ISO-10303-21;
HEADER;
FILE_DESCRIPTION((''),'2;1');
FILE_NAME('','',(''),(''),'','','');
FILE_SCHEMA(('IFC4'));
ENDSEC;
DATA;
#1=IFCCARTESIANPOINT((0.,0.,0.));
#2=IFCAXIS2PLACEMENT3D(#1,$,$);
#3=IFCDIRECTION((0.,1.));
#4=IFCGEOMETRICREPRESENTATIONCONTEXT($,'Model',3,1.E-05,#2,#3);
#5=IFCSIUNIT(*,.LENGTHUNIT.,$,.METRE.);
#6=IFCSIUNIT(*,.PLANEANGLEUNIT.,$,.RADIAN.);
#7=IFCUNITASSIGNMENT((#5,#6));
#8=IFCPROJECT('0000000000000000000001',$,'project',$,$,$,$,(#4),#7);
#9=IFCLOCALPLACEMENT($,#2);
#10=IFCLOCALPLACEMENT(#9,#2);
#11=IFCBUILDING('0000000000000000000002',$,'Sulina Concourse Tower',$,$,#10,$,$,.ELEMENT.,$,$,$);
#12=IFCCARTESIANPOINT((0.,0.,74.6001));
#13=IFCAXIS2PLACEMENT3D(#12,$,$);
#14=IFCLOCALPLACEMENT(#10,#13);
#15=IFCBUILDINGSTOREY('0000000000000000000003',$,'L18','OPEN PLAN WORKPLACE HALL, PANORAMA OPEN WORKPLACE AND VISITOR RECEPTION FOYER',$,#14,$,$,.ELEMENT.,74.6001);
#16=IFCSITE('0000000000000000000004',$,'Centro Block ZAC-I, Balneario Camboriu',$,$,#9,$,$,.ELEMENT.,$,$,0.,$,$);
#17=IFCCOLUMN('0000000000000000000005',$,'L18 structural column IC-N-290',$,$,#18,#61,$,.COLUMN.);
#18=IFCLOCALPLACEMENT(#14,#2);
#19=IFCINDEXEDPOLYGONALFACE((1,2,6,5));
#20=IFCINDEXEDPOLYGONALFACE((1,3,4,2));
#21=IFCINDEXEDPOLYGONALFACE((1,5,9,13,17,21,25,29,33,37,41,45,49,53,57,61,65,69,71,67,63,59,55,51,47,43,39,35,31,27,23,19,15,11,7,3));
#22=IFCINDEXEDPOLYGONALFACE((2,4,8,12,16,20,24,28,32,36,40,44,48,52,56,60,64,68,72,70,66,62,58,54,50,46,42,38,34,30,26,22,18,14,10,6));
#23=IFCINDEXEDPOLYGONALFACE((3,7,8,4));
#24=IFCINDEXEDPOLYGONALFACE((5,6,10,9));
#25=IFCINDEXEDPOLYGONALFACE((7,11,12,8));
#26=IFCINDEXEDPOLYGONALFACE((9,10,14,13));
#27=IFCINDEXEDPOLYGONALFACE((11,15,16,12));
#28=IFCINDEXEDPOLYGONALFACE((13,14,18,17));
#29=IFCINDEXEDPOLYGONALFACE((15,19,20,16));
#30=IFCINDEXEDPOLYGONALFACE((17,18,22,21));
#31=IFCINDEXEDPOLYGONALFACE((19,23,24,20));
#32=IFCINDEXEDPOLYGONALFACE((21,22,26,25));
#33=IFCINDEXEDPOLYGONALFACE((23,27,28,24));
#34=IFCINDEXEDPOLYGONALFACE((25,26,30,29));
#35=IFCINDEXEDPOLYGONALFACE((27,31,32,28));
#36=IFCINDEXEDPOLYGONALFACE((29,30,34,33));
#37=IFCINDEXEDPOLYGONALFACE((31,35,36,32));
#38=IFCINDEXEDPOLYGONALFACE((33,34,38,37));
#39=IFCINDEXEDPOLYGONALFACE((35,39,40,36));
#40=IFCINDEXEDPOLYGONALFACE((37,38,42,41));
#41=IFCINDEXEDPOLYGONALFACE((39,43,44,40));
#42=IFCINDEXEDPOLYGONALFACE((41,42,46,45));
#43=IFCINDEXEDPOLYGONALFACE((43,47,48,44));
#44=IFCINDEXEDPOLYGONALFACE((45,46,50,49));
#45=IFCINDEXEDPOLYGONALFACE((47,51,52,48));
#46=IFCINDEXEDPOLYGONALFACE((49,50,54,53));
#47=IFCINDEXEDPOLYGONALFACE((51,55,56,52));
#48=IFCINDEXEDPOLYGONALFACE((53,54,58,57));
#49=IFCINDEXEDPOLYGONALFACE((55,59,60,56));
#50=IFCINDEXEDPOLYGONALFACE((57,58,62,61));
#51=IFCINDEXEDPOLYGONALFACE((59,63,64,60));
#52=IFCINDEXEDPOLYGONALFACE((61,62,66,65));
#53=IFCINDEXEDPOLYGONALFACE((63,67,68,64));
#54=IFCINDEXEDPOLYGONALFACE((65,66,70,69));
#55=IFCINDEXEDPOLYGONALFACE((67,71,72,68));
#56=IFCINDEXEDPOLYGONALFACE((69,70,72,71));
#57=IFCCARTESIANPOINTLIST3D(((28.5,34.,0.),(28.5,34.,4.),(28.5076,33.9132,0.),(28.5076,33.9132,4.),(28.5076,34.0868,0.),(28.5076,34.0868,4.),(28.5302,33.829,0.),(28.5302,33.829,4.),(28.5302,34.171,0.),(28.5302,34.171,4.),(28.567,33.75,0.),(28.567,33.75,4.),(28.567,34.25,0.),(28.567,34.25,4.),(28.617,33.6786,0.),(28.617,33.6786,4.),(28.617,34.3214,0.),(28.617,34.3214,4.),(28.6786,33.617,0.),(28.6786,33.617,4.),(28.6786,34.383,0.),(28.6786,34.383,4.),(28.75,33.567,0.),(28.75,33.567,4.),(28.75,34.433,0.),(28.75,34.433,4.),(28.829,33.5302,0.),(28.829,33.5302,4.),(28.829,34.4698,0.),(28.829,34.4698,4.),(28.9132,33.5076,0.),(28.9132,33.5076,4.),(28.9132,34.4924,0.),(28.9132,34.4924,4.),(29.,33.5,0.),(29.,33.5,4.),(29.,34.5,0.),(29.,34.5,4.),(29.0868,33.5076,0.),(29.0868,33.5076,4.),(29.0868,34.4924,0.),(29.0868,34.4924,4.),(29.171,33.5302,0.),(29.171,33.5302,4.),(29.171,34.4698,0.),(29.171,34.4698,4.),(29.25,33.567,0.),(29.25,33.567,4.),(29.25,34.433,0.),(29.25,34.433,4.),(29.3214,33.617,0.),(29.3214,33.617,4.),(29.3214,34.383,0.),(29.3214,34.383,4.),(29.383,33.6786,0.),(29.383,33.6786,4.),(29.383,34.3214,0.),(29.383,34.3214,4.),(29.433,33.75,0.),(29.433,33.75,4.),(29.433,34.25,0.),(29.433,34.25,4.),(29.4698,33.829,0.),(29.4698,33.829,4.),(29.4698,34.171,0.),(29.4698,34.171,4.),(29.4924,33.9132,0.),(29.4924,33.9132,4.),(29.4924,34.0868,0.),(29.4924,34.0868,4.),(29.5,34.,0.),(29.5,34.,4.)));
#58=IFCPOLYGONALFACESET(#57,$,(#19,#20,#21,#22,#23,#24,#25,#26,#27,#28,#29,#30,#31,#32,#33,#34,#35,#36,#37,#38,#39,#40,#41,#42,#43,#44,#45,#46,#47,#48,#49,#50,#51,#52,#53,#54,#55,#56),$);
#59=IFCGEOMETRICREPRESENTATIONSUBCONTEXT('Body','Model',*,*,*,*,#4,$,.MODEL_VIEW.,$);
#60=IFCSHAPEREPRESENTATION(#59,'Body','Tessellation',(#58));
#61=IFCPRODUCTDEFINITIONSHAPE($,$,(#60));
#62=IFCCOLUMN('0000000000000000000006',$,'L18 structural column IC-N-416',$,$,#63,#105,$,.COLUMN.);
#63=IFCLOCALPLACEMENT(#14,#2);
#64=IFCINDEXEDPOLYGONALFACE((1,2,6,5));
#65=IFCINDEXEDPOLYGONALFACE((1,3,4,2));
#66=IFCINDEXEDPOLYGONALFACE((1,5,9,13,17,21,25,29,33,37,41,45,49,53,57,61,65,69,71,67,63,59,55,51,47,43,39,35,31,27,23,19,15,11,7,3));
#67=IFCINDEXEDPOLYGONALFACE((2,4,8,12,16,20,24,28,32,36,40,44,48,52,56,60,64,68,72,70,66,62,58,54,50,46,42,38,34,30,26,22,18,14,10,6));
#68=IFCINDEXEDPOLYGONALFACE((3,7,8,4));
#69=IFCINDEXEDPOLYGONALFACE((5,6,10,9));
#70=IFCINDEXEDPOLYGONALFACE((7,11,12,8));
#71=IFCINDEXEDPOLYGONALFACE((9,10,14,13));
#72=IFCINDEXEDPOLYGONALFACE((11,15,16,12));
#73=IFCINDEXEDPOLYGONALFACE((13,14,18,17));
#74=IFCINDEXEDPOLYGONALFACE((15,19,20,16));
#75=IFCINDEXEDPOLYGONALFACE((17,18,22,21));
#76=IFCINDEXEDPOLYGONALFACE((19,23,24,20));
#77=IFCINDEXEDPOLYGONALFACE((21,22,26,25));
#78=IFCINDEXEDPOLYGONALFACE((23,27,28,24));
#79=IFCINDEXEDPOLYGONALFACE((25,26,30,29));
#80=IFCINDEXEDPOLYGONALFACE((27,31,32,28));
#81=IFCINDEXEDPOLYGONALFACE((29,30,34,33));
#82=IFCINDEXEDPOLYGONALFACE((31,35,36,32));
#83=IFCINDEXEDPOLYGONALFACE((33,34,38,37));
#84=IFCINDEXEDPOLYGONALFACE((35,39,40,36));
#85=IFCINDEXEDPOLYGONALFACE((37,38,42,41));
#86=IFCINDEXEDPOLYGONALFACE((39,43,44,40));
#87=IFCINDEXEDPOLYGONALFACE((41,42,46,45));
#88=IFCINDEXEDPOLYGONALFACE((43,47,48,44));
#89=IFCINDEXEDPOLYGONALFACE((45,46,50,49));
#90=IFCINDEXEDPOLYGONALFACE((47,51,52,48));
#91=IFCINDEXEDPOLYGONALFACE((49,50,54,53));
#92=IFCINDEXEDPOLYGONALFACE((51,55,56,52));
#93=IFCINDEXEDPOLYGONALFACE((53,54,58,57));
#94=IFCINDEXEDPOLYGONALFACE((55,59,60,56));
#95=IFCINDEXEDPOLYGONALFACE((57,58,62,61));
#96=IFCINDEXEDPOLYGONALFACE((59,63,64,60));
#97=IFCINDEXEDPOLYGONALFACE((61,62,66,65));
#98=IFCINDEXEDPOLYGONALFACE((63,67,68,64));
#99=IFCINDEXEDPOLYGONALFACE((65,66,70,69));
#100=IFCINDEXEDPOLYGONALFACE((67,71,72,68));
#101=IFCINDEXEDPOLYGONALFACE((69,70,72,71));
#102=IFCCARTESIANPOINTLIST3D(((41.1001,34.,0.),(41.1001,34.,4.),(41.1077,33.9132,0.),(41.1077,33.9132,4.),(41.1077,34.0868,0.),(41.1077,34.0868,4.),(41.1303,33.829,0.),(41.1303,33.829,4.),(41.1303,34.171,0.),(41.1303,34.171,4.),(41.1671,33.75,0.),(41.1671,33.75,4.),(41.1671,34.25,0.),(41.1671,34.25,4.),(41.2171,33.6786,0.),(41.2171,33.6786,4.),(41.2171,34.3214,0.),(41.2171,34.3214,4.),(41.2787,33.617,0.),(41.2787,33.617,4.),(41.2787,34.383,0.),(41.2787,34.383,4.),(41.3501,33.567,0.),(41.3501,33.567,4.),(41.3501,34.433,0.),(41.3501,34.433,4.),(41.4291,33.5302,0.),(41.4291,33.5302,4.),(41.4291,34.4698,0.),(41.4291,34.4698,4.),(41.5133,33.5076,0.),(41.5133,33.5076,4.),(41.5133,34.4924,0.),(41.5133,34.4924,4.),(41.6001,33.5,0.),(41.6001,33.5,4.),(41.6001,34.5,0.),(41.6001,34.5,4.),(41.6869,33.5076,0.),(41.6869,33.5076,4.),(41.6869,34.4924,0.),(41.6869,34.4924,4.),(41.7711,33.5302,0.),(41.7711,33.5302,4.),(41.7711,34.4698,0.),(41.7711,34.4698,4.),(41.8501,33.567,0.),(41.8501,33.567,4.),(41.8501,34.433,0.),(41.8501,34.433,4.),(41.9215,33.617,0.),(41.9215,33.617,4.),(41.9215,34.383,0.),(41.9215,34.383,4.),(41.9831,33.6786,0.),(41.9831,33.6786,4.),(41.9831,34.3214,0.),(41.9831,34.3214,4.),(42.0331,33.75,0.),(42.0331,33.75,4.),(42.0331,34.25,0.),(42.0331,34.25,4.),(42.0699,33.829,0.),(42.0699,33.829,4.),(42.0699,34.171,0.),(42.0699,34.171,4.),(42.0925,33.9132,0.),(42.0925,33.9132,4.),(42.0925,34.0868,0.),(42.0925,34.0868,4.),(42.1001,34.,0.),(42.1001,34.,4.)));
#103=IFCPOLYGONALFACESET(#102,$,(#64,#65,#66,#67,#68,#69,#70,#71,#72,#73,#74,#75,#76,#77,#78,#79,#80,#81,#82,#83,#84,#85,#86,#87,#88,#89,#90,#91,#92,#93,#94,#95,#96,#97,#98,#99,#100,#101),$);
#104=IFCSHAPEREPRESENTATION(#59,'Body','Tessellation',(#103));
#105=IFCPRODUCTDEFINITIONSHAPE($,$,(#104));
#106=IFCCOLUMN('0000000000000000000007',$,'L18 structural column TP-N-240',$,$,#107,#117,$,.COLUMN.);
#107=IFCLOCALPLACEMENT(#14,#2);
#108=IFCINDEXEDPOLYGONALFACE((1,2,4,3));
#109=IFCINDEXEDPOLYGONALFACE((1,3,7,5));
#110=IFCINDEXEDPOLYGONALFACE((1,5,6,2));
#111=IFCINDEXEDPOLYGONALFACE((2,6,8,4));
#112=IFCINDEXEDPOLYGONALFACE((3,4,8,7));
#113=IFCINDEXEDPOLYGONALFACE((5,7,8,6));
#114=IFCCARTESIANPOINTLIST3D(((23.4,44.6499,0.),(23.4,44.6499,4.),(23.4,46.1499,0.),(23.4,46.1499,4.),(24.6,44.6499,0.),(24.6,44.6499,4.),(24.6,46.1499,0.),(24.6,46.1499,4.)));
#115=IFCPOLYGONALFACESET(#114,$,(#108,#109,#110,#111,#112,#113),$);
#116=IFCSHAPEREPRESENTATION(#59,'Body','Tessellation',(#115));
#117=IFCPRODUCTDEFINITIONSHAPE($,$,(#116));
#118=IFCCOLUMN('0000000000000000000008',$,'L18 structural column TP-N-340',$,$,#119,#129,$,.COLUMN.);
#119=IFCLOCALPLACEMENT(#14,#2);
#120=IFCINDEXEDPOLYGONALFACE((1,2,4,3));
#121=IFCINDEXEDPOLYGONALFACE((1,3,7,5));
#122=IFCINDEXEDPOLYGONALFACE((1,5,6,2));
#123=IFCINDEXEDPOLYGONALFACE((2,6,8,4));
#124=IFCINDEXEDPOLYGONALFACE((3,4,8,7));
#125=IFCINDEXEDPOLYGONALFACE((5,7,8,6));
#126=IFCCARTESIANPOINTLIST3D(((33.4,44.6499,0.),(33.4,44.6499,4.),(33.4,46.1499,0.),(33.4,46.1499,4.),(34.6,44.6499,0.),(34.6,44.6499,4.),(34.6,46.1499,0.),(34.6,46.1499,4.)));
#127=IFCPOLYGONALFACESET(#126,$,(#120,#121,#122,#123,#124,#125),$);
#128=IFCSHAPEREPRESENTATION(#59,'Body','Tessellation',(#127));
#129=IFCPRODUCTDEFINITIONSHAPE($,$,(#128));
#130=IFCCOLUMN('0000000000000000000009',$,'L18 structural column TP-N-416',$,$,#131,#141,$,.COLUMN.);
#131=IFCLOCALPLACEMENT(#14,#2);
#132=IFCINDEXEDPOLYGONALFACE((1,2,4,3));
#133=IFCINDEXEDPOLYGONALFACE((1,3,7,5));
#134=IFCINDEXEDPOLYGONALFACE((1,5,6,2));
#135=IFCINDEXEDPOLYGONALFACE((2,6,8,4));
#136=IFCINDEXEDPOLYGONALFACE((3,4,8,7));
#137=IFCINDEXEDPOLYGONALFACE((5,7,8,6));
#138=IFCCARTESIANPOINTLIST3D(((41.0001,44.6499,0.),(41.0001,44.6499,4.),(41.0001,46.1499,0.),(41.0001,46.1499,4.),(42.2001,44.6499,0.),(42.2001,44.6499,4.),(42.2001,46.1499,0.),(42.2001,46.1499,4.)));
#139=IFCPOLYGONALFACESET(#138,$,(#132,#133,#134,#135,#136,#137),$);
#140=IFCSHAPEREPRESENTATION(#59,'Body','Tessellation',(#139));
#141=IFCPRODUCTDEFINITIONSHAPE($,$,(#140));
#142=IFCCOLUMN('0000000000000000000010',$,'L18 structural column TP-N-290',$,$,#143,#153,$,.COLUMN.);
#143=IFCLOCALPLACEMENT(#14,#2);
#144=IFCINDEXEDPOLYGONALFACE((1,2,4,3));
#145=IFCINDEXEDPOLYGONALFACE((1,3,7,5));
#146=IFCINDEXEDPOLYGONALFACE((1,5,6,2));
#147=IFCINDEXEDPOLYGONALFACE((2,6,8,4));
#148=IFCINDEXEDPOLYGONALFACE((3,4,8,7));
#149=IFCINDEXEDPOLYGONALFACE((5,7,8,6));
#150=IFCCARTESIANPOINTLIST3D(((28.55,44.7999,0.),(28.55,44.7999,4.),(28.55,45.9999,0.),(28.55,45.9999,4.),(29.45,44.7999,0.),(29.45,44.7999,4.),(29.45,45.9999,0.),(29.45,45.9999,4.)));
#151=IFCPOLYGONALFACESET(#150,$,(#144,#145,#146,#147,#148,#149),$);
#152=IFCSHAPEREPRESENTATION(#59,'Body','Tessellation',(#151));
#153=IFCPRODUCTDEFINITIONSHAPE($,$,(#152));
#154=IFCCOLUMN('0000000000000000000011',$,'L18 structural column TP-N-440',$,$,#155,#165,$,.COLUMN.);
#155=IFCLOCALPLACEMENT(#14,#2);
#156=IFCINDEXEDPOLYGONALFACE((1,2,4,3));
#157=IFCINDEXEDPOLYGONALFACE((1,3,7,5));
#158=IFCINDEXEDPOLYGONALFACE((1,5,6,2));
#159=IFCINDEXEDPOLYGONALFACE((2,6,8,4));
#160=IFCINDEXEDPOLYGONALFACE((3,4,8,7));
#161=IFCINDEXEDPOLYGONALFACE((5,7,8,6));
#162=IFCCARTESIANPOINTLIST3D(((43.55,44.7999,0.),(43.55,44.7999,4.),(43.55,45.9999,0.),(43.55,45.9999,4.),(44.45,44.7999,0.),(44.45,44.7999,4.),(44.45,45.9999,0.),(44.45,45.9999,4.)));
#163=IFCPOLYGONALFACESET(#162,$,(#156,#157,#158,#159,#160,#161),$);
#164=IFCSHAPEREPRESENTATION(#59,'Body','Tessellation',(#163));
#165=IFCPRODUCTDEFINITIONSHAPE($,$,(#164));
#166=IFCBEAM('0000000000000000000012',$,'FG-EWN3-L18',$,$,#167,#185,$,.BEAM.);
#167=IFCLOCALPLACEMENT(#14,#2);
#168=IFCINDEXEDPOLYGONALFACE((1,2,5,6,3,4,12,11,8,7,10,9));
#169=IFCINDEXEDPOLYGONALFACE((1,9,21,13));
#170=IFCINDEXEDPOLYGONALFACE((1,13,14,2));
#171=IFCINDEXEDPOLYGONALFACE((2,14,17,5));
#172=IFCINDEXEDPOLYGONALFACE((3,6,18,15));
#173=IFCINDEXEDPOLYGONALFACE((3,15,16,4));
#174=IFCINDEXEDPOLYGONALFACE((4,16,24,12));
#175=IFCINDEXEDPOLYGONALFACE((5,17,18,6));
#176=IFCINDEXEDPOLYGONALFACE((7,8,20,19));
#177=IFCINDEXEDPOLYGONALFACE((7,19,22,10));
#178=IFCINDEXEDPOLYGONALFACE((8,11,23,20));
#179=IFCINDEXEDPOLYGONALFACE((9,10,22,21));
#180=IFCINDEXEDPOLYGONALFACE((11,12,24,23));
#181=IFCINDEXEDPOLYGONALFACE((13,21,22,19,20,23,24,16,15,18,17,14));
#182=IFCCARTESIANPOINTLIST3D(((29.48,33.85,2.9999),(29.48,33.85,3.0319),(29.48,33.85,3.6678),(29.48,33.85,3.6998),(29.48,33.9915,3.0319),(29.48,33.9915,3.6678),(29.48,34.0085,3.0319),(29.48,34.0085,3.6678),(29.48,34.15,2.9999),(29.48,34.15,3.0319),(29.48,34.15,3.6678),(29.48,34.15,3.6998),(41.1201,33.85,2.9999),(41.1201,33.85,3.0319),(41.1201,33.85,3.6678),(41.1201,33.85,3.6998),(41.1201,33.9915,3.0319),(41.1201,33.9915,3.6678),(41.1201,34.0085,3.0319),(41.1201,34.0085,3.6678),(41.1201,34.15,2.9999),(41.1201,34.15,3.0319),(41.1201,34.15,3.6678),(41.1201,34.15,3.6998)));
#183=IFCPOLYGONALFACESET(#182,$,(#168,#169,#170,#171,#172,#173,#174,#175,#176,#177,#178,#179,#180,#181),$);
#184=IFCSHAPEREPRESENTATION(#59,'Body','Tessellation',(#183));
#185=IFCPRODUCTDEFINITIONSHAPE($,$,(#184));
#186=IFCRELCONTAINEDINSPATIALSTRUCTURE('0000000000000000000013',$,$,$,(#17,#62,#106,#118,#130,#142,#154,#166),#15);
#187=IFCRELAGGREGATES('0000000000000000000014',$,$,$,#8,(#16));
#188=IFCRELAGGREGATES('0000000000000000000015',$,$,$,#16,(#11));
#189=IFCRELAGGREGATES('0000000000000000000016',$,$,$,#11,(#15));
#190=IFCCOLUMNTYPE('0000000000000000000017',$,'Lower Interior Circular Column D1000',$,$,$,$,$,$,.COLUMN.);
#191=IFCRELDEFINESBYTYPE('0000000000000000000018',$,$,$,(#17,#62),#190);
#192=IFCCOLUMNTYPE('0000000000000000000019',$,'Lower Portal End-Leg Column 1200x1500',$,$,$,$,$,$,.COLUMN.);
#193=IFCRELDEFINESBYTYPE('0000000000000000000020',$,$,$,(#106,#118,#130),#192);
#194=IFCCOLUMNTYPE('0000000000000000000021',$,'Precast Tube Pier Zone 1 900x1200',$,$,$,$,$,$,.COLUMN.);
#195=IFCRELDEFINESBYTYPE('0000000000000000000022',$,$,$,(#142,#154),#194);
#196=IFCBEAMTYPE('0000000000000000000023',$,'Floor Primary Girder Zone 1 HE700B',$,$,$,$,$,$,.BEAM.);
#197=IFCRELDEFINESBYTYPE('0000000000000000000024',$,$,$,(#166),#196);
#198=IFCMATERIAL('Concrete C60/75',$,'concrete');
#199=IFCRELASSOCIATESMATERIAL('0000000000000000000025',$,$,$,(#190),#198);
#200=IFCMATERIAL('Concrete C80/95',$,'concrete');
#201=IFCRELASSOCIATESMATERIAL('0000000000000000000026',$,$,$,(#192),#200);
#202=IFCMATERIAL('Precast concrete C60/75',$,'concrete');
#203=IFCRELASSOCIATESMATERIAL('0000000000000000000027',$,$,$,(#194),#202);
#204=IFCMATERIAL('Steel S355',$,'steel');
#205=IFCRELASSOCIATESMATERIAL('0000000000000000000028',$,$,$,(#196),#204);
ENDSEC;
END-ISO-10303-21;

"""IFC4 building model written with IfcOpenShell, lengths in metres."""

from ifc_helpers import new_model, si_unit, direction, frame, origin, origin_2d, place, context, subcontext, project, spatial, rectangle, circle, i_section, extrude, material, material_profile, profile_set, type_object, element, save


model = new_model("IFC4")

# Units and contexts
model_context = context("Model", 3, precision=1e-05, world=origin(), true_north=direction((0.0, 1.0)))
body_context = subcontext(model_context, "Body", "Model", "MODEL_VIEW")
ifc_project = project(units=[si_unit("LENGTHUNIT", "METRE"), si_unit("PLANEANGLEUNIT", "RADIAN")], contexts=[model_context])

# Site, building, storey
site_placement = place(None, origin())
site = spatial("IfcSite", under=ifc_project, at=site_placement, Name="Centro Block ZAC-I, Balneario Camboriu", CompositionType="ELEMENT", RefElevation=0.0)
building_placement = place(site_placement, origin())
building = spatial("IfcBuilding", under=site, at=building_placement, Name="Sulina Concourse Tower", CompositionType="ELEMENT")
storey_placement = place(building_placement, frame((0.0, 0.0, 74.6001)))
storey = spatial("IfcBuildingStorey", under=building, at=storey_placement, Name="L18", Description="OPEN PLAN WORKPLACE HALL, PANORAMA OPEN WORKPLACE AND VISITOR RECEPTION FOYER", CompositionType="ELEMENT", Elevation=74.6001)

# Columns
ifc_material_1 = material(Name="Concrete C60/75", Category="concrete")
ifc_material_profile_1 = material_profile(ifc_material_1, circle(Radius=0.5, at=origin_2d()), Name="RC D1000")
ifc_profile_set_1 = profile_set([ifc_material_profile_1], Name="Concrete C60/75")
column_type_1 = type_object("IfcColumnType", Name="Lower Interior Circular Column D1000", PredefinedType="COLUMN", material=ifc_profile_set_1)
for number, where, z_axis, x_axis, name in (
    (1, (29.0, 34.0, 0.0), (0.0, 0.0, 1.0), (1.0, 0.0, 0.0), "L18 structural column IC-N-290"),
    (2, (41.6001, 34.0, 0.0), (0.0, 0.0, 1.0), (1.0, 0.0, 0.0), "L18 structural column IC-N-416"),
):
    element("IfcColumn", number, at=place(storey_placement, frame(where, z_axis=z_axis, x_axis=x_axis)), inside=storey, type_object=column_type_1, Name=name, PredefinedType="COLUMN", context=body_context, shape_type="SweptSolid", body=[
        extrude(circle(Radius=0.5, at=origin_2d()), origin(), (0.0, 0.0, 1.0), 4.0),
    ])
ifc_material_2 = material(Name="Concrete C80/95", Category="concrete")
ifc_material_profile_2 = material_profile(ifc_material_2, rectangle(XDim=1.2, YDim=1.5, at=origin_2d()), Name="RC 1200x1500")
ifc_profile_set_2 = profile_set([ifc_material_profile_2], Name="Concrete C80/95")
column_type_2 = type_object("IfcColumnType", Name="Lower Portal End-Leg Column 1200x1500", PredefinedType="COLUMN", material=ifc_profile_set_2)
for number, where, z_axis, x_axis, name in (
    (3, (24.0, 45.3999, 0.0), (0.0, 0.0, 1.0), (1.0, 0.0, 0.0), "L18 structural column TP-N-240"),
    (4, (34.0, 45.3999, 0.0), (0.0, 0.0, 1.0), (1.0, 0.0, 0.0), "L18 structural column TP-N-340"),
    (5, (41.6001, 45.3999, 0.0), (0.0, 0.0, 1.0), (1.0, 0.0, 0.0), "L18 structural column TP-N-416"),
):
    element("IfcColumn", number, at=place(storey_placement, frame(where, z_axis=z_axis, x_axis=x_axis)), inside=storey, type_object=column_type_2, Name=name, PredefinedType="COLUMN", context=body_context, shape_type="SweptSolid", body=[
        extrude(rectangle(XDim=1.2, YDim=1.5, at=origin_2d()), origin(), (0.0, 0.0, 1.0), 4.0),
    ])
ifc_material_3 = material(Name="Precast concrete C60/75", Category="concrete")
ifc_material_profile_3 = material_profile(ifc_material_3, rectangle(XDim=0.8999, YDim=1.2, at=origin_2d()), Name="PC 900x1200")
ifc_profile_set_3 = profile_set([ifc_material_profile_3], Name="Precast concrete C60/75")
column_type_3 = type_object("IfcColumnType", Name="Precast Tube Pier Zone 1 900x1200", PredefinedType="COLUMN", material=ifc_profile_set_3)
for number, where, z_axis, x_axis, name in (
    (6, (29.0, 45.3999, 0.0), (0.0, 0.0, 1.0), (1.0, 0.0, 0.0), "L18 structural column TP-N-290"),
    (7, (44.0, 45.3999, 0.0), (0.0, 0.0, 1.0), (1.0, 0.0, 0.0), "L18 structural column TP-N-440"),
):
    element("IfcColumn", number, at=place(storey_placement, frame(where, z_axis=z_axis, x_axis=x_axis)), inside=storey, type_object=column_type_3, Name=name, PredefinedType="COLUMN", context=body_context, shape_type="SweptSolid", body=[
        extrude(rectangle(XDim=0.8999, YDim=1.2, at=origin_2d()), origin(), (0.0, 0.0, 1.0), 4.0),
    ])

# Beam
ifc_material_4 = material(Name="Steel S355", Category="steel")
ifc_material_profile_4 = material_profile(ifc_material_4, i_section(OverallWidth=0.3, OverallDepth=0.7, WebThickness=0.0171, FlangeThickness=0.032, at=origin_2d()), Name="HE 700 B")
ifc_profile_set_4 = profile_set([ifc_material_profile_4], Name="Steel S355")
beam_type_1 = type_object("IfcBeamType", Name="Floor Primary Girder Zone 1 HE700B", PredefinedType="BEAM", material=ifc_profile_set_4)
beam_1_placement = place(storey_placement, frame((29.48, 34.0, 3.3499), z_axis=(1.0, 0.0, 0.0), x_axis=(0.0, 1.0, 0.0)))
element("IfcBeam", 8, at=beam_1_placement, inside=storey, type_object=beam_type_1, Name="FG-EWN3-L18", PredefinedType="BEAM", context=body_context, shape_type="SweptSolid", body=[
    extrude(i_section(OverallWidth=0.3, OverallDepth=0.7, WebThickness=0.0171, FlangeThickness=0.032, at=origin_2d()), origin(), (0.0, 0.0, 1.0), 11.6401),
])

save(model, "model.ifc")
